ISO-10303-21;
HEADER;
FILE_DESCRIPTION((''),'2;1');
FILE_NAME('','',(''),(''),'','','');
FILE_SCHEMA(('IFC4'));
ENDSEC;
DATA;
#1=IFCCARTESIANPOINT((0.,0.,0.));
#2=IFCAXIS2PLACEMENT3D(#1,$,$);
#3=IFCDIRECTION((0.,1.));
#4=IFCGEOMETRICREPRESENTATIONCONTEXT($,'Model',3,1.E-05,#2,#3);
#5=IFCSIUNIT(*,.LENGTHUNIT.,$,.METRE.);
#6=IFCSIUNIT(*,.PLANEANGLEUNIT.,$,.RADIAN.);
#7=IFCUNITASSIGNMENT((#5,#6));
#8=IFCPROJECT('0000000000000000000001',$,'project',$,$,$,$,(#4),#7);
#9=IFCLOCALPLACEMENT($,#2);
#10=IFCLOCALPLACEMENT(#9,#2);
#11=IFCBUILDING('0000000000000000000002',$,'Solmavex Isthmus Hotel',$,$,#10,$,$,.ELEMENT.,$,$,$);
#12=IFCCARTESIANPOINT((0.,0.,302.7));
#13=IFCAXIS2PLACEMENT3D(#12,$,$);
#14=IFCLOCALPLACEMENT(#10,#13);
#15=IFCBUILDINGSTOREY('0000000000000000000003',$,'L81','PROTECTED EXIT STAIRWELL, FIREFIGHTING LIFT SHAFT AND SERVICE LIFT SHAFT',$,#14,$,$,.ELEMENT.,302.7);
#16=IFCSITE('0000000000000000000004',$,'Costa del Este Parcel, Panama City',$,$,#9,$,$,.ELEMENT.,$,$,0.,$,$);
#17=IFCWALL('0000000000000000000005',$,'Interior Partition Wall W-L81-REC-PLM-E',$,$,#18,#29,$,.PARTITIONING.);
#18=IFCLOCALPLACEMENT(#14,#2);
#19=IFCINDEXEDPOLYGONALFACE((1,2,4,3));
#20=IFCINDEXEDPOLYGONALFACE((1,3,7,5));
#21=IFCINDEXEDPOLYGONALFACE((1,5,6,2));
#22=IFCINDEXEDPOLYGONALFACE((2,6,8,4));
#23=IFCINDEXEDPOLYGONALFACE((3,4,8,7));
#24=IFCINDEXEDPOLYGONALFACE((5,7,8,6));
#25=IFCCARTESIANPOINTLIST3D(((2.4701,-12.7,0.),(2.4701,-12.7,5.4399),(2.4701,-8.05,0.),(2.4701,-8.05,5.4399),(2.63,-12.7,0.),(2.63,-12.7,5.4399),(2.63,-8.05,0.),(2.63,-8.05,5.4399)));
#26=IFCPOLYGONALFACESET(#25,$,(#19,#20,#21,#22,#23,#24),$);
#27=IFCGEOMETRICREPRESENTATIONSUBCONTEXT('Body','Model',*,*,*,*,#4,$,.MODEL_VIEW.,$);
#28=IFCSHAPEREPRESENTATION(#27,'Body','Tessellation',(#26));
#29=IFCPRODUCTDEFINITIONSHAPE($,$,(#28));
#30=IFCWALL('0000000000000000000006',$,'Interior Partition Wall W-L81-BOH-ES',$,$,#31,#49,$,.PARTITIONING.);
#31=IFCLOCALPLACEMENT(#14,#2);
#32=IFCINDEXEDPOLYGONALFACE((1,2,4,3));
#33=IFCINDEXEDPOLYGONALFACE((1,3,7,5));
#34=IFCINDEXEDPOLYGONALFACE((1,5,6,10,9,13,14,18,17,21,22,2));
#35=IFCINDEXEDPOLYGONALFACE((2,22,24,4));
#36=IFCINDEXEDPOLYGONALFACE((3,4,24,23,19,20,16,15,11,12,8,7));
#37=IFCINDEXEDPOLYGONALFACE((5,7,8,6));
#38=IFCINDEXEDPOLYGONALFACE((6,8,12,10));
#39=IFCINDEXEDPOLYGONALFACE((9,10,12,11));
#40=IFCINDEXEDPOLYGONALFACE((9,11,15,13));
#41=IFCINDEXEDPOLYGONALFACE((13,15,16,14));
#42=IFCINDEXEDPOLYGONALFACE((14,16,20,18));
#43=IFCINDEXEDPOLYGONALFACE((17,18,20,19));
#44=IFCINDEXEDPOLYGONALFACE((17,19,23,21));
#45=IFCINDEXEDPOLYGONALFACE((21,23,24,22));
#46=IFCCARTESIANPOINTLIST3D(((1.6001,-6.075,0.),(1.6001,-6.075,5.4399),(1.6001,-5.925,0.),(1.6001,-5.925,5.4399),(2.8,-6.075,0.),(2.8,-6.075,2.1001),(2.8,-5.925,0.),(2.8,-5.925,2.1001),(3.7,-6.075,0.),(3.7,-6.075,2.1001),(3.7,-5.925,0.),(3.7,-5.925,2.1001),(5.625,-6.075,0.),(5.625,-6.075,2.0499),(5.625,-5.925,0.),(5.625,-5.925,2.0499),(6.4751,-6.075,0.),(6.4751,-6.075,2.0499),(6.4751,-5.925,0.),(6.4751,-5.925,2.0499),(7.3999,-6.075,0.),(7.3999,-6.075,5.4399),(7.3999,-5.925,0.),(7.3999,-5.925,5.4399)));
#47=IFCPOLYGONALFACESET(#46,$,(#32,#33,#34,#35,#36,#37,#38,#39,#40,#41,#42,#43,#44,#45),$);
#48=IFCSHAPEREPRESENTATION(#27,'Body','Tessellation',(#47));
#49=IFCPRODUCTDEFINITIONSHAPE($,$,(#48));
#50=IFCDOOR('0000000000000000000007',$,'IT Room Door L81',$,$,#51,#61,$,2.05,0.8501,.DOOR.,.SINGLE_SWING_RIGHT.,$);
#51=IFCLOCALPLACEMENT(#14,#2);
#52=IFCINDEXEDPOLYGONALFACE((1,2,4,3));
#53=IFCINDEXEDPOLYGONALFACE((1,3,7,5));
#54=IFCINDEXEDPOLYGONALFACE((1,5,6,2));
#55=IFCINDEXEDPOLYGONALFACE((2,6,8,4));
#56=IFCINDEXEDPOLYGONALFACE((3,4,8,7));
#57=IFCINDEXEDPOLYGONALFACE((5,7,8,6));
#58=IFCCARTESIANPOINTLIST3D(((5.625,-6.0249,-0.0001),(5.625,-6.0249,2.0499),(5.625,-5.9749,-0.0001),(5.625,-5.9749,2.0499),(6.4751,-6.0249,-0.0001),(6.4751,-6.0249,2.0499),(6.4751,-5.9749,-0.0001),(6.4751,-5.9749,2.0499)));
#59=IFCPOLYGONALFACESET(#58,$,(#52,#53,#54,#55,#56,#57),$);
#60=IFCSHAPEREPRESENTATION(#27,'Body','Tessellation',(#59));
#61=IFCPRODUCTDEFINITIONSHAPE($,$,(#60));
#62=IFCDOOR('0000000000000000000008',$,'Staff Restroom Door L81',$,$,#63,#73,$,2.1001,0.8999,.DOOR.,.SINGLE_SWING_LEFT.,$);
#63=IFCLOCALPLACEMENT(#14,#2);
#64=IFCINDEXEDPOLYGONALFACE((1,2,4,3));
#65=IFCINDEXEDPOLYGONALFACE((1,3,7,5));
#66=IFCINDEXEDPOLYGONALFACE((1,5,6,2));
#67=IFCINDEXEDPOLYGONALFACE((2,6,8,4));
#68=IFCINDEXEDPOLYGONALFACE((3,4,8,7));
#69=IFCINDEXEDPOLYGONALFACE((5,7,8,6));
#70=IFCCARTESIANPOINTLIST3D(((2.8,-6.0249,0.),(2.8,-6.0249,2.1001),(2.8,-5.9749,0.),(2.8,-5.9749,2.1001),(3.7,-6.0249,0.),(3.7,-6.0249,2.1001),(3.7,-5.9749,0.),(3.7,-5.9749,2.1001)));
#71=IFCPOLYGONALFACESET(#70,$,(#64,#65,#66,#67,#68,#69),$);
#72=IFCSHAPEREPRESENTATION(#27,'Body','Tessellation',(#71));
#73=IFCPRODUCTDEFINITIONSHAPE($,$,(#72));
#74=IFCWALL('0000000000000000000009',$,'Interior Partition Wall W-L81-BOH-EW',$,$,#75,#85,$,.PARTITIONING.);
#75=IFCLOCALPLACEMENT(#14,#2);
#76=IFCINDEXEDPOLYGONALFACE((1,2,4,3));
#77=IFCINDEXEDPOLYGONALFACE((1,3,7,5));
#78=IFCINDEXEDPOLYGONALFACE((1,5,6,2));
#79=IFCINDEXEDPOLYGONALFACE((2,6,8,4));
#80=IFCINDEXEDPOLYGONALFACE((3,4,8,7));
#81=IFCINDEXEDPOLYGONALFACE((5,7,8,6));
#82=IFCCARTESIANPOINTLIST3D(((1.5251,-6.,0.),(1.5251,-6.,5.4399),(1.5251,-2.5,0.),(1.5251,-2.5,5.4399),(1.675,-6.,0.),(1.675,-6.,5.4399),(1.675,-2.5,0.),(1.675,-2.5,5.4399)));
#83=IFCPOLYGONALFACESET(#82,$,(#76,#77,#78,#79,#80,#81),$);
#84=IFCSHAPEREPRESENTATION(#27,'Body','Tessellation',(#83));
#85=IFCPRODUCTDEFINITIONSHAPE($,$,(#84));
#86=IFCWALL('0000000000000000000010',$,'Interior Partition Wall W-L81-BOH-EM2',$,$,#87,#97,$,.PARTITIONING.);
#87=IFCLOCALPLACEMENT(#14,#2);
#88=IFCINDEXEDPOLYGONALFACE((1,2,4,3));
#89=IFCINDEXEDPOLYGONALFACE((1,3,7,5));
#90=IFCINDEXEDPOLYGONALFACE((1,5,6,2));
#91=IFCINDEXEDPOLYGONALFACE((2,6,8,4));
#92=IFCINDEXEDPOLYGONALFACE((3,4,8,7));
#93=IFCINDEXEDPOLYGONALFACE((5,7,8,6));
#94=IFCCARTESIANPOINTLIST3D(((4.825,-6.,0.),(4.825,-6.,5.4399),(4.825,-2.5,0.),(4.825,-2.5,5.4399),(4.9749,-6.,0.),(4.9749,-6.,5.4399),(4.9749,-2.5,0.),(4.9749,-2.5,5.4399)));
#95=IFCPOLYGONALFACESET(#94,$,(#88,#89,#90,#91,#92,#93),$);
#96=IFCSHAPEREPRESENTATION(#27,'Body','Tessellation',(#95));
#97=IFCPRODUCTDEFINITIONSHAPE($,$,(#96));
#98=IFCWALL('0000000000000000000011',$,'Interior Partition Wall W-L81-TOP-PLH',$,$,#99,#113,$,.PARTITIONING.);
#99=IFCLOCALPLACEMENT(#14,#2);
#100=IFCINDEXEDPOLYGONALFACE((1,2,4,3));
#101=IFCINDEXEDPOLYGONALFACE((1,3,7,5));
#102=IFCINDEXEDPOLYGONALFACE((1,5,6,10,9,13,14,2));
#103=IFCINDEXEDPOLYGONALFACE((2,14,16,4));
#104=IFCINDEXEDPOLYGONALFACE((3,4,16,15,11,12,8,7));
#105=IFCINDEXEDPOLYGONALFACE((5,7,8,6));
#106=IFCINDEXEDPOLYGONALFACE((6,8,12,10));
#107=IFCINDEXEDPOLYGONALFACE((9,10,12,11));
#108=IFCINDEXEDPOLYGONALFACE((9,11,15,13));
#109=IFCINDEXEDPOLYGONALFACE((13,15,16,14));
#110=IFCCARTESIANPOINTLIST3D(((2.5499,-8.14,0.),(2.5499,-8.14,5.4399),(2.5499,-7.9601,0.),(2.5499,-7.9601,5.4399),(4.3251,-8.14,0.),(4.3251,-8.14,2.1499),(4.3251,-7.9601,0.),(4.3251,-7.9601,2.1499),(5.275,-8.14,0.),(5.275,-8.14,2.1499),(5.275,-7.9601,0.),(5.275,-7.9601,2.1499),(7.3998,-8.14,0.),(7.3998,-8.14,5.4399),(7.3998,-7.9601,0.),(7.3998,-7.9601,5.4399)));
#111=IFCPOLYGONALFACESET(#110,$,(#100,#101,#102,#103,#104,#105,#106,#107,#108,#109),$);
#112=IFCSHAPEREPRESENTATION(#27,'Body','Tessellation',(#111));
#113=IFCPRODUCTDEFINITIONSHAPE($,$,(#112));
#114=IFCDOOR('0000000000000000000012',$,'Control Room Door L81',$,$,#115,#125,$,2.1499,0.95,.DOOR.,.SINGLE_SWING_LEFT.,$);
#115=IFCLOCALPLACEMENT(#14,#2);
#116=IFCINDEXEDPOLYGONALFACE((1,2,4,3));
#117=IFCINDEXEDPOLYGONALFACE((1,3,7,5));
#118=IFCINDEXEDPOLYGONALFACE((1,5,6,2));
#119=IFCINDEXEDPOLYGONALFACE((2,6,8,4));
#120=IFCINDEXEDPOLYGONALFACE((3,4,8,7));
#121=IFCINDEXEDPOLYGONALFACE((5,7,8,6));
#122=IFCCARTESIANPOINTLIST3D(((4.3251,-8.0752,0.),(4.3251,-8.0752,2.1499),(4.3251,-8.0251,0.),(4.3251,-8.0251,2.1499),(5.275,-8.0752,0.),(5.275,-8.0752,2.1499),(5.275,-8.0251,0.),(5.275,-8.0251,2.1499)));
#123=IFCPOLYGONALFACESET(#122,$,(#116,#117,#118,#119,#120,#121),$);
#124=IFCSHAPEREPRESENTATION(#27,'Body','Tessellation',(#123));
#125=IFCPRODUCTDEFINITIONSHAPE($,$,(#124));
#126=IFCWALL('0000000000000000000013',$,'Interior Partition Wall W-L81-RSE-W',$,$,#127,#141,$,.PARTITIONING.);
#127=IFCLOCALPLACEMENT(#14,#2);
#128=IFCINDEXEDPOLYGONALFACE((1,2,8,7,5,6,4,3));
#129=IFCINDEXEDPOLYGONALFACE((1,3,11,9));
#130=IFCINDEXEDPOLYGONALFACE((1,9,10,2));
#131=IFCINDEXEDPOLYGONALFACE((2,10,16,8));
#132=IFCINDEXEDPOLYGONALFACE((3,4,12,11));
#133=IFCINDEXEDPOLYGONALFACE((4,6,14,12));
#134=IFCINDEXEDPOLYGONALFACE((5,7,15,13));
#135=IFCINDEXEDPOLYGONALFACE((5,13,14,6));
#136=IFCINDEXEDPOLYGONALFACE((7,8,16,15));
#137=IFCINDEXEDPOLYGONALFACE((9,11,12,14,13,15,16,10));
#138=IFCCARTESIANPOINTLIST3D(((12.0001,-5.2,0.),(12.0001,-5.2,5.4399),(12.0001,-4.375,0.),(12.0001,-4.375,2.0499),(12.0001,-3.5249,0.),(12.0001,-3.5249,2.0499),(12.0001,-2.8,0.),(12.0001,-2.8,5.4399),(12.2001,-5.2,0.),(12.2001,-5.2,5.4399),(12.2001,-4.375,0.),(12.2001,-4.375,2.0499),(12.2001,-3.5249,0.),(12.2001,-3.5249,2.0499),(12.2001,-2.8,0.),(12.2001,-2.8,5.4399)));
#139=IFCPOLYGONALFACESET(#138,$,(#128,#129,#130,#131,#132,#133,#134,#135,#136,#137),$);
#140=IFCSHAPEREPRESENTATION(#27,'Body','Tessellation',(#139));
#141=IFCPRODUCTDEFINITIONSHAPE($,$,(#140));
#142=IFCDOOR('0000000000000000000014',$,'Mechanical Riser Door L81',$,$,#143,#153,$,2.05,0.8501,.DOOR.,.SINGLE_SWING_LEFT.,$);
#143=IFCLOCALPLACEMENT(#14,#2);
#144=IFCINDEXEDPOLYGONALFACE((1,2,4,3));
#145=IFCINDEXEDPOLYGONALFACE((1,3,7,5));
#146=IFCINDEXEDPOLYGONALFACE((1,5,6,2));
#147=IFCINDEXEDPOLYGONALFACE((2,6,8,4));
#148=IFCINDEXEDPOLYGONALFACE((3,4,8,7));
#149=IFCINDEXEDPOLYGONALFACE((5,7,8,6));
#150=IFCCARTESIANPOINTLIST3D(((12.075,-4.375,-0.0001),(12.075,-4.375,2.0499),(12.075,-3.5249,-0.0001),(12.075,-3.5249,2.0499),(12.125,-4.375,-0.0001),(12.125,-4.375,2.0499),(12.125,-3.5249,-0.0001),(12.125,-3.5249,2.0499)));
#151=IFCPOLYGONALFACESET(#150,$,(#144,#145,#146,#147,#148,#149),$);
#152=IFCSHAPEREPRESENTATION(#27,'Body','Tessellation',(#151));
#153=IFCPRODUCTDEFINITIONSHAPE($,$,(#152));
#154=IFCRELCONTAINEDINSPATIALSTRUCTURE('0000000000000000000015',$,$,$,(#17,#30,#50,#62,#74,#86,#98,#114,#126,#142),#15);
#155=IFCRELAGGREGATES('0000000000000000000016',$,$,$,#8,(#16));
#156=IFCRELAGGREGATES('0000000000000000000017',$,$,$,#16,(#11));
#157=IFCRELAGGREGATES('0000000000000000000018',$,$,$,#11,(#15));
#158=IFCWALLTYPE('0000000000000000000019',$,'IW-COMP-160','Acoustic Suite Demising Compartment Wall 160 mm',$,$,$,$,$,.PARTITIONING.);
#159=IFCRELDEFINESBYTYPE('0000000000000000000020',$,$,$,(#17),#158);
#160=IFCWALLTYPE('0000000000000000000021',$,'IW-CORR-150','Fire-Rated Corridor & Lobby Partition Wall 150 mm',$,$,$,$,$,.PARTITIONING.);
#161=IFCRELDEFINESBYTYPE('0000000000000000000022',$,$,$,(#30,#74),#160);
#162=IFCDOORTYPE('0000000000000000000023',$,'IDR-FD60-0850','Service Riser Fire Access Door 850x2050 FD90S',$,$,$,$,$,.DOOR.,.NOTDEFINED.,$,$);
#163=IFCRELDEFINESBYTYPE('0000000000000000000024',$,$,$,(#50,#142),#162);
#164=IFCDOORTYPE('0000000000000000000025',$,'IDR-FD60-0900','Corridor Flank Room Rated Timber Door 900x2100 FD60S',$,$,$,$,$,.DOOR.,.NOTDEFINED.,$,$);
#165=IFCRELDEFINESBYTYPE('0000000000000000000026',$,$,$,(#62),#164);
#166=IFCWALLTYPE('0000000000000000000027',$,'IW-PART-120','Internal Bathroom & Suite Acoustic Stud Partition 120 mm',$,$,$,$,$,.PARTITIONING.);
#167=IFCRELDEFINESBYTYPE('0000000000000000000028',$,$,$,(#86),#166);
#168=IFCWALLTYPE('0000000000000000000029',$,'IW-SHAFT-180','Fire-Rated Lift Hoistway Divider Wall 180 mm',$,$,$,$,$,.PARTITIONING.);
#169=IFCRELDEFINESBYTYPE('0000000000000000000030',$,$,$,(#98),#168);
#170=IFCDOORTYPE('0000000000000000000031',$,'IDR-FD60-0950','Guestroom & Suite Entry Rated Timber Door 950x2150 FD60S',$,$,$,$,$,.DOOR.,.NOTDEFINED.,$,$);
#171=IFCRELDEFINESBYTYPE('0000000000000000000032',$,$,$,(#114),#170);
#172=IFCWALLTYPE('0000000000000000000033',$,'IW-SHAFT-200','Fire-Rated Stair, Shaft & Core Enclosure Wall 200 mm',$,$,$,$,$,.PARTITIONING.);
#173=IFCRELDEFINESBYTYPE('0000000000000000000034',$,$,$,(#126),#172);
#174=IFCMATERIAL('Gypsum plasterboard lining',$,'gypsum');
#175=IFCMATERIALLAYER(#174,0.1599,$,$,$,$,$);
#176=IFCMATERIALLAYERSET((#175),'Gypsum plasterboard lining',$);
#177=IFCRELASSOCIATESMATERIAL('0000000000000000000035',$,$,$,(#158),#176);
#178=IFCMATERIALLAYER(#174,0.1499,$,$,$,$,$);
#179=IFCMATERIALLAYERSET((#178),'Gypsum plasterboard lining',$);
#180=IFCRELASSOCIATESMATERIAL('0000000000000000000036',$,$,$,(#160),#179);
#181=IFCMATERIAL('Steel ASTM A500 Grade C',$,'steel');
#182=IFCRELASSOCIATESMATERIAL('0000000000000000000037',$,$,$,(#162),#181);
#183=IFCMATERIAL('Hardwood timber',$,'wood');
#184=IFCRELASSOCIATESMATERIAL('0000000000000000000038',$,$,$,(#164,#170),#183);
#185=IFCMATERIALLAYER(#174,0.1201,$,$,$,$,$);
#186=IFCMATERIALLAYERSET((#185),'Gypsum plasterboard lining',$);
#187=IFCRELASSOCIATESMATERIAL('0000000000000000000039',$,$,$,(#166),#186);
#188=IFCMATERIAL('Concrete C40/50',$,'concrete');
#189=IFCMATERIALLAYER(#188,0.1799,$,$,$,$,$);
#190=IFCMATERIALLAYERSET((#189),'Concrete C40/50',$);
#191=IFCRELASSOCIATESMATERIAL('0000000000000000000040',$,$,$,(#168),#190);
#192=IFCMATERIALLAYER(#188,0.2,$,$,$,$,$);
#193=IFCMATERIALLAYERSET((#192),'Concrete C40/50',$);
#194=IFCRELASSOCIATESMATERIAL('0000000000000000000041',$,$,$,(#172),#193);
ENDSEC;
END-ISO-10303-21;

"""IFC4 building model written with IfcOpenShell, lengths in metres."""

from ifc_helpers import new_model, si_unit, direction, frame, frame_2d, origin, place, context, subcontext, project, spatial, rectangle, extrude, material, layer, layer_set, type_object, element, fill, save


model = new_model("IFC4")

# Units and contexts
model_context = context("Model", 3, precision=1e-05, world=origin(), true_north=direction((0.0, 1.0)))
body_context = subcontext(model_context, "Body", "Model", "MODEL_VIEW")
ifc_project = project(units=[si_unit("LENGTHUNIT", "METRE"), si_unit("PLANEANGLEUNIT", "RADIAN")], contexts=[model_context])

# Site, building, storey
site_placement = place(None, origin())
site = spatial("IfcSite", under=ifc_project, at=site_placement, Name="Costa del Este Parcel, Panama City", CompositionType="ELEMENT", RefElevation=0.0)
building_placement = place(site_placement, origin())
building = spatial("IfcBuilding", under=site, at=building_placement, Name="Solmavex Isthmus Hotel", CompositionType="ELEMENT")
storey_placement = place(building_placement, frame((0.0, 0.0, 302.7)))
storey = spatial("IfcBuildingStorey", under=building, at=storey_placement, Name="L81", Description="PROTECTED EXIT STAIRWELL, FIREFIGHTING LIFT SHAFT AND SERVICE LIFT SHAFT", CompositionType="ELEMENT", Elevation=302.7)

# Wall
ifc_material_1 = material(Name="Gypsum plasterboard lining", Category="gypsum")
ifc_layer_1 = layer(ifc_material_1, 0.1599)
ifc_layer_set_1 = layer_set([ifc_layer_1], Name="Gypsum plasterboard lining")
wall_type_1 = type_object("IfcWallType", Name="IW-COMP-160", Description="Acoustic Suite Demising Compartment Wall 160 mm", PredefinedType="PARTITIONING", material=ifc_layer_set_1)
wall_1_placement = place(storey_placement, frame((2.55, -12.7, 0.0), z_axis=(0.0, 0.0, 1.0), x_axis=(0.0, 1.0, 0.0)))
element("IfcWall", 1, at=wall_1_placement, inside=storey, type_object=wall_type_1, Name="Interior Partition Wall W-L81-REC-PLM-E", PredefinedType="PARTITIONING", context=body_context, shape_type="SweptSolid", body=[
    extrude(rectangle(XDim=4.6499, YDim=0.1599, at=frame_2d((2.325, 0.0))), origin(), (0.0, 0.0, 1.0), 5.4399),
])

# Wall, openings, doors
ifc_layer_2 = layer(ifc_material_1, 0.1499)
ifc_layer_set_2 = layer_set([ifc_layer_2], Name="Gypsum plasterboard lining")
wall_type_2 = type_object("IfcWallType", Name="IW-CORR-150", Description="Fire-Rated Corridor & Lobby Partition Wall 150 mm", PredefinedType="PARTITIONING", material=ifc_layer_set_2)
wall_2_placement = place(storey_placement, frame((1.6001, -6.0, 0.0), z_axis=(0.0, 0.0, 1.0), x_axis=(1.0, 0.0, 0.0)))
wall_2 = element("IfcWall", 2, at=wall_2_placement, inside=storey, type_object=wall_type_2, Name="Interior Partition Wall W-L81-BOH-ES", PredefinedType="PARTITIONING", context=body_context, shape_type="SweptSolid", body=[
    extrude(rectangle(XDim=5.7998, YDim=0.1499, at=frame_2d((2.8999, 0.0))), origin(), (0.0, 0.0, 1.0), 5.4399),
])
opening_1_placement = place(wall_2_placement, frame((1.2, 0.0, 0.0)))
opening_1 = element("IfcOpeningElement", 3, at=opening_1_placement, cuts=wall_2, PredefinedType="OPENING", context=body_context, shape_type="SweptSolid", body=[
    extrude(rectangle(XDim=0.8999, YDim=2.1001, at=frame_2d((0.45, 1.05))), frame((0.0, 0.085, 0.0), z_axis=(0.0, -1.0, 0.0), x_axis=(1.0, 0.0, 0.0)), (0.0, 0.0, 1.0), 0.1699),
])
opening_2_placement = place(wall_2_placement, frame((4.0249, 0.0, 0.0)))
opening_2 = element("IfcOpeningElement", 4, at=opening_2_placement, cuts=wall_2, PredefinedType="OPENING", context=body_context, shape_type="SweptSolid", body=[
    extrude(rectangle(XDim=0.8501, YDim=2.05, at=frame_2d((0.425, 1.0249))), frame((0.0, 0.085, 0.0), z_axis=(0.0, -1.0, 0.0), x_axis=(1.0, 0.0, 0.0)), (0.0, 0.0, 1.0), 0.1699),
])
ifc_material_2 = material(Name="Steel ASTM A500 Grade C", Category="steel")
door_type_1 = type_object("IfcDoorType", Name="IDR-FD60-0850", Description="Service Riser Fire Access Door 850x2050 FD90S", OperationType="NOTDEFINED", PredefinedType="DOOR", material=ifc_material_2)
door_1_placement = place(opening_2_placement, frame((0.8501, 0.0, 0.0), z_axis=(0.0, 0.0, 1.0), x_axis=(-1.0, 0.0, 0.0)))
door_1 = element("IfcDoor", 5, at=door_1_placement, inside=storey, type_object=door_type_1, Name="IT Room Door L81", OperationType="SINGLE_SWING_RIGHT", OverallHeight=2.05, OverallWidth=0.8501, PredefinedType="DOOR", context=body_context, shape_type="SweptSolid", body=[
    extrude(rectangle(XDim=0.8501, YDim=2.05, at=frame_2d((0.425, 1.0249))), frame((0.0, 0.0249, 0.0), z_axis=(0.0, -1.0, 0.0), x_axis=(1.0, 0.0, 0.0)), (0.0, 0.0, 1.0), 0.05),
])
fill(opening_2, door_1)
ifc_material_3 = material(Name="Hardwood timber", Category="wood")
door_type_2 = type_object("IfcDoorType", Name="IDR-FD60-0900", Description="Corridor Flank Room Rated Timber Door 900x2100 FD60S", OperationType="NOTDEFINED", PredefinedType="DOOR", material=ifc_material_3)
door_2_placement = place(opening_1_placement, frame((0.8999, 0.0, 0.0), z_axis=(0.0, 0.0, 1.0), x_axis=(-1.0, 0.0, 0.0)))
door_2 = element("IfcDoor", 6, at=door_2_placement, inside=storey, type_object=door_type_2, Name="Staff Restroom Door L81", OperationType="SINGLE_SWING_LEFT", OverallHeight=2.1001, OverallWidth=0.8999, PredefinedType="DOOR", context=body_context, shape_type="SweptSolid", body=[
    extrude(rectangle(XDim=0.8999, YDim=2.1001, at=frame_2d((0.45, 1.05))), frame((0.0, 0.0249, 0.0), z_axis=(0.0, -1.0, 0.0), x_axis=(1.0, 0.0, 0.0)), (0.0, 0.0, 1.0), 0.05),
])
fill(opening_1, door_2)

# Walls
wall_3_placement = place(storey_placement, frame((1.6001, -6.0, 0.0), z_axis=(0.0, 0.0, 1.0), x_axis=(0.0, 1.0, 0.0)))
element("IfcWall", 7, at=wall_3_placement, inside=storey, type_object=wall_type_2, Name="Interior Partition Wall W-L81-BOH-EW", PredefinedType="PARTITIONING", context=body_context, shape_type="SweptSolid", body=[
    extrude(rectangle(XDim=3.5, YDim=0.1499, at=frame_2d((1.75, 0.0))), origin(), (0.0, 0.0, 1.0), 5.4399),
])
ifc_layer_3 = layer(ifc_material_1, 0.1201)
ifc_layer_set_3 = layer_set([ifc_layer_3], Name="Gypsum plasterboard lining")
wall_type_3 = type_object("IfcWallType", Name="IW-PART-120", Description="Internal Bathroom & Suite Acoustic Stud Partition 120 mm", PredefinedType="PARTITIONING", material=ifc_layer_set_3)
wall_4_placement = place(storey_placement, frame((4.8999, -6.0, 0.0), z_axis=(0.0, 0.0, 1.0), x_axis=(0.0, 1.0, 0.0)))
element("IfcWall", 8, at=wall_4_placement, inside=storey, type_object=wall_type_3, Name="Interior Partition Wall W-L81-BOH-EM2", PredefinedType="PARTITIONING", context=body_context, shape_type="SweptSolid", body=[
    extrude(rectangle(XDim=3.5, YDim=0.1499, at=frame_2d((1.75, 0.0))), origin(), (0.0, 0.0, 1.0), 5.4399),
])

# Walls, openings, doors
ifc_material_4 = material(Name="Concrete C40/50", Category="concrete")
ifc_layer_4 = layer(ifc_material_4, 0.1799)
ifc_layer_set_4 = layer_set([ifc_layer_4], Name="Concrete C40/50")
wall_type_4 = type_object("IfcWallType", Name="IW-SHAFT-180", Description="Fire-Rated Lift Hoistway Divider Wall 180 mm", PredefinedType="PARTITIONING", material=ifc_layer_set_4)
wall_5_placement = place(storey_placement, frame((2.55, -8.05, 0.0), z_axis=(0.0, 0.0, 1.0), x_axis=(1.0, 0.0, 0.0)))
wall_5 = element("IfcWall", 9, at=wall_5_placement, inside=storey, type_object=wall_type_4, Name="Interior Partition Wall W-L81-TOP-PLH", PredefinedType="PARTITIONING", context=body_context, shape_type="SweptSolid", body=[
    extrude(rectangle(XDim=4.8499, YDim=0.1799, at=frame_2d((2.4248, 0.0))), origin(), (0.0, 0.0, 1.0), 5.4399),
])
opening_3_placement = place(wall_5_placement, frame((1.7749, 0.0, 0.0)))
opening_3 = element("IfcOpeningElement", 10, at=opening_3_placement, cuts=wall_5, PredefinedType="OPENING", context=body_context, shape_type="SweptSolid", body=[
    extrude(rectangle(XDim=0.95, YDim=2.1499, at=frame_2d((0.4751, 1.075))), frame((0.0, 0.0999, 0.0), z_axis=(0.0, -1.0, 0.0), x_axis=(1.0, 0.0, 0.0)), (0.0, 0.0, 1.0), 0.2),
])
door_type_3 = type_object("IfcDoorType", Name="IDR-FD60-0950", Description="Guestroom & Suite Entry Rated Timber Door 950x2150 FD60S", OperationType="NOTDEFINED", PredefinedType="DOOR", material=ifc_material_3)
door_3_placement = place(opening_3_placement, origin())
door_3 = element("IfcDoor", 11, at=door_3_placement, inside=storey, type_object=door_type_3, Name="Control Room Door L81", OperationType="SINGLE_SWING_LEFT", OverallHeight=2.1499, OverallWidth=0.95, PredefinedType="DOOR", context=body_context, shape_type="SweptSolid", body=[
    extrude(rectangle(XDim=0.95, YDim=2.1499, at=frame_2d((0.4751, 1.075))), frame((0.0, 0.0249, 0.0), z_axis=(0.0, -1.0, 0.0), x_axis=(1.0, 0.0, 0.0)), (0.0, 0.0, 1.0), 0.05),
])
fill(opening_3, door_3)
ifc_layer_5 = layer(ifc_material_4, 0.2)
ifc_layer_set_5 = layer_set([ifc_layer_5], Name="Concrete C40/50")
wall_type_5 = type_object("IfcWallType", Name="IW-SHAFT-200", Description="Fire-Rated Stair, Shaft & Core Enclosure Wall 200 mm", PredefinedType="PARTITIONING", material=ifc_layer_set_5)
wall_6_placement = place(storey_placement, frame((12.1001, -5.2, 0.0), z_axis=(0.0, 0.0, 1.0), x_axis=(0.0, 1.0, 0.0)))
wall_6 = element("IfcWall", 12, at=wall_6_placement, inside=storey, type_object=wall_type_5, Name="Interior Partition Wall W-L81-RSE-W", PredefinedType="PARTITIONING", context=body_context, shape_type="SweptSolid", body=[
    extrude(rectangle(XDim=2.3999, YDim=0.2, at=frame_2d((1.2, 0.0))), origin(), (0.0, 0.0, 1.0), 5.4399),
])
opening_4_placement = place(wall_6_placement, frame((0.825, 0.0, 0.0)))
opening_4 = element("IfcOpeningElement", 13, at=opening_4_placement, cuts=wall_6, PredefinedType="OPENING", context=body_context, shape_type="SweptSolid", body=[
    extrude(rectangle(XDim=0.8501, YDim=2.05, at=frame_2d((0.425, 1.0249))), frame((0.0, 0.1099, 0.0), z_axis=(0.0, -1.0, 0.0), x_axis=(1.0, 0.0, 0.0)), (0.0, 0.0, 1.0), 0.22),
])
door_4_placement = place(opening_4_placement, frame((0.8501, 0.0, 0.0), z_axis=(0.0, 0.0, 1.0), x_axis=(-1.0, 0.0, 0.0)))
door_4 = element("IfcDoor", 14, at=door_4_placement, inside=storey, type_object=door_type_1, Name="Mechanical Riser Door L81", OperationType="SINGLE_SWING_LEFT", OverallHeight=2.05, OverallWidth=0.8501, PredefinedType="DOOR", context=body_context, shape_type="SweptSolid", body=[
    extrude(rectangle(XDim=0.8501, YDim=2.05, at=frame_2d((0.425, 1.0249))), frame((0.0, 0.0249, 0.0), z_axis=(0.0, -1.0, 0.0), x_axis=(1.0, 0.0, 0.0)), (0.0, 0.0, 1.0), 0.05),
])
fill(opening_4, door_4)

save(model, "model.ifc")
